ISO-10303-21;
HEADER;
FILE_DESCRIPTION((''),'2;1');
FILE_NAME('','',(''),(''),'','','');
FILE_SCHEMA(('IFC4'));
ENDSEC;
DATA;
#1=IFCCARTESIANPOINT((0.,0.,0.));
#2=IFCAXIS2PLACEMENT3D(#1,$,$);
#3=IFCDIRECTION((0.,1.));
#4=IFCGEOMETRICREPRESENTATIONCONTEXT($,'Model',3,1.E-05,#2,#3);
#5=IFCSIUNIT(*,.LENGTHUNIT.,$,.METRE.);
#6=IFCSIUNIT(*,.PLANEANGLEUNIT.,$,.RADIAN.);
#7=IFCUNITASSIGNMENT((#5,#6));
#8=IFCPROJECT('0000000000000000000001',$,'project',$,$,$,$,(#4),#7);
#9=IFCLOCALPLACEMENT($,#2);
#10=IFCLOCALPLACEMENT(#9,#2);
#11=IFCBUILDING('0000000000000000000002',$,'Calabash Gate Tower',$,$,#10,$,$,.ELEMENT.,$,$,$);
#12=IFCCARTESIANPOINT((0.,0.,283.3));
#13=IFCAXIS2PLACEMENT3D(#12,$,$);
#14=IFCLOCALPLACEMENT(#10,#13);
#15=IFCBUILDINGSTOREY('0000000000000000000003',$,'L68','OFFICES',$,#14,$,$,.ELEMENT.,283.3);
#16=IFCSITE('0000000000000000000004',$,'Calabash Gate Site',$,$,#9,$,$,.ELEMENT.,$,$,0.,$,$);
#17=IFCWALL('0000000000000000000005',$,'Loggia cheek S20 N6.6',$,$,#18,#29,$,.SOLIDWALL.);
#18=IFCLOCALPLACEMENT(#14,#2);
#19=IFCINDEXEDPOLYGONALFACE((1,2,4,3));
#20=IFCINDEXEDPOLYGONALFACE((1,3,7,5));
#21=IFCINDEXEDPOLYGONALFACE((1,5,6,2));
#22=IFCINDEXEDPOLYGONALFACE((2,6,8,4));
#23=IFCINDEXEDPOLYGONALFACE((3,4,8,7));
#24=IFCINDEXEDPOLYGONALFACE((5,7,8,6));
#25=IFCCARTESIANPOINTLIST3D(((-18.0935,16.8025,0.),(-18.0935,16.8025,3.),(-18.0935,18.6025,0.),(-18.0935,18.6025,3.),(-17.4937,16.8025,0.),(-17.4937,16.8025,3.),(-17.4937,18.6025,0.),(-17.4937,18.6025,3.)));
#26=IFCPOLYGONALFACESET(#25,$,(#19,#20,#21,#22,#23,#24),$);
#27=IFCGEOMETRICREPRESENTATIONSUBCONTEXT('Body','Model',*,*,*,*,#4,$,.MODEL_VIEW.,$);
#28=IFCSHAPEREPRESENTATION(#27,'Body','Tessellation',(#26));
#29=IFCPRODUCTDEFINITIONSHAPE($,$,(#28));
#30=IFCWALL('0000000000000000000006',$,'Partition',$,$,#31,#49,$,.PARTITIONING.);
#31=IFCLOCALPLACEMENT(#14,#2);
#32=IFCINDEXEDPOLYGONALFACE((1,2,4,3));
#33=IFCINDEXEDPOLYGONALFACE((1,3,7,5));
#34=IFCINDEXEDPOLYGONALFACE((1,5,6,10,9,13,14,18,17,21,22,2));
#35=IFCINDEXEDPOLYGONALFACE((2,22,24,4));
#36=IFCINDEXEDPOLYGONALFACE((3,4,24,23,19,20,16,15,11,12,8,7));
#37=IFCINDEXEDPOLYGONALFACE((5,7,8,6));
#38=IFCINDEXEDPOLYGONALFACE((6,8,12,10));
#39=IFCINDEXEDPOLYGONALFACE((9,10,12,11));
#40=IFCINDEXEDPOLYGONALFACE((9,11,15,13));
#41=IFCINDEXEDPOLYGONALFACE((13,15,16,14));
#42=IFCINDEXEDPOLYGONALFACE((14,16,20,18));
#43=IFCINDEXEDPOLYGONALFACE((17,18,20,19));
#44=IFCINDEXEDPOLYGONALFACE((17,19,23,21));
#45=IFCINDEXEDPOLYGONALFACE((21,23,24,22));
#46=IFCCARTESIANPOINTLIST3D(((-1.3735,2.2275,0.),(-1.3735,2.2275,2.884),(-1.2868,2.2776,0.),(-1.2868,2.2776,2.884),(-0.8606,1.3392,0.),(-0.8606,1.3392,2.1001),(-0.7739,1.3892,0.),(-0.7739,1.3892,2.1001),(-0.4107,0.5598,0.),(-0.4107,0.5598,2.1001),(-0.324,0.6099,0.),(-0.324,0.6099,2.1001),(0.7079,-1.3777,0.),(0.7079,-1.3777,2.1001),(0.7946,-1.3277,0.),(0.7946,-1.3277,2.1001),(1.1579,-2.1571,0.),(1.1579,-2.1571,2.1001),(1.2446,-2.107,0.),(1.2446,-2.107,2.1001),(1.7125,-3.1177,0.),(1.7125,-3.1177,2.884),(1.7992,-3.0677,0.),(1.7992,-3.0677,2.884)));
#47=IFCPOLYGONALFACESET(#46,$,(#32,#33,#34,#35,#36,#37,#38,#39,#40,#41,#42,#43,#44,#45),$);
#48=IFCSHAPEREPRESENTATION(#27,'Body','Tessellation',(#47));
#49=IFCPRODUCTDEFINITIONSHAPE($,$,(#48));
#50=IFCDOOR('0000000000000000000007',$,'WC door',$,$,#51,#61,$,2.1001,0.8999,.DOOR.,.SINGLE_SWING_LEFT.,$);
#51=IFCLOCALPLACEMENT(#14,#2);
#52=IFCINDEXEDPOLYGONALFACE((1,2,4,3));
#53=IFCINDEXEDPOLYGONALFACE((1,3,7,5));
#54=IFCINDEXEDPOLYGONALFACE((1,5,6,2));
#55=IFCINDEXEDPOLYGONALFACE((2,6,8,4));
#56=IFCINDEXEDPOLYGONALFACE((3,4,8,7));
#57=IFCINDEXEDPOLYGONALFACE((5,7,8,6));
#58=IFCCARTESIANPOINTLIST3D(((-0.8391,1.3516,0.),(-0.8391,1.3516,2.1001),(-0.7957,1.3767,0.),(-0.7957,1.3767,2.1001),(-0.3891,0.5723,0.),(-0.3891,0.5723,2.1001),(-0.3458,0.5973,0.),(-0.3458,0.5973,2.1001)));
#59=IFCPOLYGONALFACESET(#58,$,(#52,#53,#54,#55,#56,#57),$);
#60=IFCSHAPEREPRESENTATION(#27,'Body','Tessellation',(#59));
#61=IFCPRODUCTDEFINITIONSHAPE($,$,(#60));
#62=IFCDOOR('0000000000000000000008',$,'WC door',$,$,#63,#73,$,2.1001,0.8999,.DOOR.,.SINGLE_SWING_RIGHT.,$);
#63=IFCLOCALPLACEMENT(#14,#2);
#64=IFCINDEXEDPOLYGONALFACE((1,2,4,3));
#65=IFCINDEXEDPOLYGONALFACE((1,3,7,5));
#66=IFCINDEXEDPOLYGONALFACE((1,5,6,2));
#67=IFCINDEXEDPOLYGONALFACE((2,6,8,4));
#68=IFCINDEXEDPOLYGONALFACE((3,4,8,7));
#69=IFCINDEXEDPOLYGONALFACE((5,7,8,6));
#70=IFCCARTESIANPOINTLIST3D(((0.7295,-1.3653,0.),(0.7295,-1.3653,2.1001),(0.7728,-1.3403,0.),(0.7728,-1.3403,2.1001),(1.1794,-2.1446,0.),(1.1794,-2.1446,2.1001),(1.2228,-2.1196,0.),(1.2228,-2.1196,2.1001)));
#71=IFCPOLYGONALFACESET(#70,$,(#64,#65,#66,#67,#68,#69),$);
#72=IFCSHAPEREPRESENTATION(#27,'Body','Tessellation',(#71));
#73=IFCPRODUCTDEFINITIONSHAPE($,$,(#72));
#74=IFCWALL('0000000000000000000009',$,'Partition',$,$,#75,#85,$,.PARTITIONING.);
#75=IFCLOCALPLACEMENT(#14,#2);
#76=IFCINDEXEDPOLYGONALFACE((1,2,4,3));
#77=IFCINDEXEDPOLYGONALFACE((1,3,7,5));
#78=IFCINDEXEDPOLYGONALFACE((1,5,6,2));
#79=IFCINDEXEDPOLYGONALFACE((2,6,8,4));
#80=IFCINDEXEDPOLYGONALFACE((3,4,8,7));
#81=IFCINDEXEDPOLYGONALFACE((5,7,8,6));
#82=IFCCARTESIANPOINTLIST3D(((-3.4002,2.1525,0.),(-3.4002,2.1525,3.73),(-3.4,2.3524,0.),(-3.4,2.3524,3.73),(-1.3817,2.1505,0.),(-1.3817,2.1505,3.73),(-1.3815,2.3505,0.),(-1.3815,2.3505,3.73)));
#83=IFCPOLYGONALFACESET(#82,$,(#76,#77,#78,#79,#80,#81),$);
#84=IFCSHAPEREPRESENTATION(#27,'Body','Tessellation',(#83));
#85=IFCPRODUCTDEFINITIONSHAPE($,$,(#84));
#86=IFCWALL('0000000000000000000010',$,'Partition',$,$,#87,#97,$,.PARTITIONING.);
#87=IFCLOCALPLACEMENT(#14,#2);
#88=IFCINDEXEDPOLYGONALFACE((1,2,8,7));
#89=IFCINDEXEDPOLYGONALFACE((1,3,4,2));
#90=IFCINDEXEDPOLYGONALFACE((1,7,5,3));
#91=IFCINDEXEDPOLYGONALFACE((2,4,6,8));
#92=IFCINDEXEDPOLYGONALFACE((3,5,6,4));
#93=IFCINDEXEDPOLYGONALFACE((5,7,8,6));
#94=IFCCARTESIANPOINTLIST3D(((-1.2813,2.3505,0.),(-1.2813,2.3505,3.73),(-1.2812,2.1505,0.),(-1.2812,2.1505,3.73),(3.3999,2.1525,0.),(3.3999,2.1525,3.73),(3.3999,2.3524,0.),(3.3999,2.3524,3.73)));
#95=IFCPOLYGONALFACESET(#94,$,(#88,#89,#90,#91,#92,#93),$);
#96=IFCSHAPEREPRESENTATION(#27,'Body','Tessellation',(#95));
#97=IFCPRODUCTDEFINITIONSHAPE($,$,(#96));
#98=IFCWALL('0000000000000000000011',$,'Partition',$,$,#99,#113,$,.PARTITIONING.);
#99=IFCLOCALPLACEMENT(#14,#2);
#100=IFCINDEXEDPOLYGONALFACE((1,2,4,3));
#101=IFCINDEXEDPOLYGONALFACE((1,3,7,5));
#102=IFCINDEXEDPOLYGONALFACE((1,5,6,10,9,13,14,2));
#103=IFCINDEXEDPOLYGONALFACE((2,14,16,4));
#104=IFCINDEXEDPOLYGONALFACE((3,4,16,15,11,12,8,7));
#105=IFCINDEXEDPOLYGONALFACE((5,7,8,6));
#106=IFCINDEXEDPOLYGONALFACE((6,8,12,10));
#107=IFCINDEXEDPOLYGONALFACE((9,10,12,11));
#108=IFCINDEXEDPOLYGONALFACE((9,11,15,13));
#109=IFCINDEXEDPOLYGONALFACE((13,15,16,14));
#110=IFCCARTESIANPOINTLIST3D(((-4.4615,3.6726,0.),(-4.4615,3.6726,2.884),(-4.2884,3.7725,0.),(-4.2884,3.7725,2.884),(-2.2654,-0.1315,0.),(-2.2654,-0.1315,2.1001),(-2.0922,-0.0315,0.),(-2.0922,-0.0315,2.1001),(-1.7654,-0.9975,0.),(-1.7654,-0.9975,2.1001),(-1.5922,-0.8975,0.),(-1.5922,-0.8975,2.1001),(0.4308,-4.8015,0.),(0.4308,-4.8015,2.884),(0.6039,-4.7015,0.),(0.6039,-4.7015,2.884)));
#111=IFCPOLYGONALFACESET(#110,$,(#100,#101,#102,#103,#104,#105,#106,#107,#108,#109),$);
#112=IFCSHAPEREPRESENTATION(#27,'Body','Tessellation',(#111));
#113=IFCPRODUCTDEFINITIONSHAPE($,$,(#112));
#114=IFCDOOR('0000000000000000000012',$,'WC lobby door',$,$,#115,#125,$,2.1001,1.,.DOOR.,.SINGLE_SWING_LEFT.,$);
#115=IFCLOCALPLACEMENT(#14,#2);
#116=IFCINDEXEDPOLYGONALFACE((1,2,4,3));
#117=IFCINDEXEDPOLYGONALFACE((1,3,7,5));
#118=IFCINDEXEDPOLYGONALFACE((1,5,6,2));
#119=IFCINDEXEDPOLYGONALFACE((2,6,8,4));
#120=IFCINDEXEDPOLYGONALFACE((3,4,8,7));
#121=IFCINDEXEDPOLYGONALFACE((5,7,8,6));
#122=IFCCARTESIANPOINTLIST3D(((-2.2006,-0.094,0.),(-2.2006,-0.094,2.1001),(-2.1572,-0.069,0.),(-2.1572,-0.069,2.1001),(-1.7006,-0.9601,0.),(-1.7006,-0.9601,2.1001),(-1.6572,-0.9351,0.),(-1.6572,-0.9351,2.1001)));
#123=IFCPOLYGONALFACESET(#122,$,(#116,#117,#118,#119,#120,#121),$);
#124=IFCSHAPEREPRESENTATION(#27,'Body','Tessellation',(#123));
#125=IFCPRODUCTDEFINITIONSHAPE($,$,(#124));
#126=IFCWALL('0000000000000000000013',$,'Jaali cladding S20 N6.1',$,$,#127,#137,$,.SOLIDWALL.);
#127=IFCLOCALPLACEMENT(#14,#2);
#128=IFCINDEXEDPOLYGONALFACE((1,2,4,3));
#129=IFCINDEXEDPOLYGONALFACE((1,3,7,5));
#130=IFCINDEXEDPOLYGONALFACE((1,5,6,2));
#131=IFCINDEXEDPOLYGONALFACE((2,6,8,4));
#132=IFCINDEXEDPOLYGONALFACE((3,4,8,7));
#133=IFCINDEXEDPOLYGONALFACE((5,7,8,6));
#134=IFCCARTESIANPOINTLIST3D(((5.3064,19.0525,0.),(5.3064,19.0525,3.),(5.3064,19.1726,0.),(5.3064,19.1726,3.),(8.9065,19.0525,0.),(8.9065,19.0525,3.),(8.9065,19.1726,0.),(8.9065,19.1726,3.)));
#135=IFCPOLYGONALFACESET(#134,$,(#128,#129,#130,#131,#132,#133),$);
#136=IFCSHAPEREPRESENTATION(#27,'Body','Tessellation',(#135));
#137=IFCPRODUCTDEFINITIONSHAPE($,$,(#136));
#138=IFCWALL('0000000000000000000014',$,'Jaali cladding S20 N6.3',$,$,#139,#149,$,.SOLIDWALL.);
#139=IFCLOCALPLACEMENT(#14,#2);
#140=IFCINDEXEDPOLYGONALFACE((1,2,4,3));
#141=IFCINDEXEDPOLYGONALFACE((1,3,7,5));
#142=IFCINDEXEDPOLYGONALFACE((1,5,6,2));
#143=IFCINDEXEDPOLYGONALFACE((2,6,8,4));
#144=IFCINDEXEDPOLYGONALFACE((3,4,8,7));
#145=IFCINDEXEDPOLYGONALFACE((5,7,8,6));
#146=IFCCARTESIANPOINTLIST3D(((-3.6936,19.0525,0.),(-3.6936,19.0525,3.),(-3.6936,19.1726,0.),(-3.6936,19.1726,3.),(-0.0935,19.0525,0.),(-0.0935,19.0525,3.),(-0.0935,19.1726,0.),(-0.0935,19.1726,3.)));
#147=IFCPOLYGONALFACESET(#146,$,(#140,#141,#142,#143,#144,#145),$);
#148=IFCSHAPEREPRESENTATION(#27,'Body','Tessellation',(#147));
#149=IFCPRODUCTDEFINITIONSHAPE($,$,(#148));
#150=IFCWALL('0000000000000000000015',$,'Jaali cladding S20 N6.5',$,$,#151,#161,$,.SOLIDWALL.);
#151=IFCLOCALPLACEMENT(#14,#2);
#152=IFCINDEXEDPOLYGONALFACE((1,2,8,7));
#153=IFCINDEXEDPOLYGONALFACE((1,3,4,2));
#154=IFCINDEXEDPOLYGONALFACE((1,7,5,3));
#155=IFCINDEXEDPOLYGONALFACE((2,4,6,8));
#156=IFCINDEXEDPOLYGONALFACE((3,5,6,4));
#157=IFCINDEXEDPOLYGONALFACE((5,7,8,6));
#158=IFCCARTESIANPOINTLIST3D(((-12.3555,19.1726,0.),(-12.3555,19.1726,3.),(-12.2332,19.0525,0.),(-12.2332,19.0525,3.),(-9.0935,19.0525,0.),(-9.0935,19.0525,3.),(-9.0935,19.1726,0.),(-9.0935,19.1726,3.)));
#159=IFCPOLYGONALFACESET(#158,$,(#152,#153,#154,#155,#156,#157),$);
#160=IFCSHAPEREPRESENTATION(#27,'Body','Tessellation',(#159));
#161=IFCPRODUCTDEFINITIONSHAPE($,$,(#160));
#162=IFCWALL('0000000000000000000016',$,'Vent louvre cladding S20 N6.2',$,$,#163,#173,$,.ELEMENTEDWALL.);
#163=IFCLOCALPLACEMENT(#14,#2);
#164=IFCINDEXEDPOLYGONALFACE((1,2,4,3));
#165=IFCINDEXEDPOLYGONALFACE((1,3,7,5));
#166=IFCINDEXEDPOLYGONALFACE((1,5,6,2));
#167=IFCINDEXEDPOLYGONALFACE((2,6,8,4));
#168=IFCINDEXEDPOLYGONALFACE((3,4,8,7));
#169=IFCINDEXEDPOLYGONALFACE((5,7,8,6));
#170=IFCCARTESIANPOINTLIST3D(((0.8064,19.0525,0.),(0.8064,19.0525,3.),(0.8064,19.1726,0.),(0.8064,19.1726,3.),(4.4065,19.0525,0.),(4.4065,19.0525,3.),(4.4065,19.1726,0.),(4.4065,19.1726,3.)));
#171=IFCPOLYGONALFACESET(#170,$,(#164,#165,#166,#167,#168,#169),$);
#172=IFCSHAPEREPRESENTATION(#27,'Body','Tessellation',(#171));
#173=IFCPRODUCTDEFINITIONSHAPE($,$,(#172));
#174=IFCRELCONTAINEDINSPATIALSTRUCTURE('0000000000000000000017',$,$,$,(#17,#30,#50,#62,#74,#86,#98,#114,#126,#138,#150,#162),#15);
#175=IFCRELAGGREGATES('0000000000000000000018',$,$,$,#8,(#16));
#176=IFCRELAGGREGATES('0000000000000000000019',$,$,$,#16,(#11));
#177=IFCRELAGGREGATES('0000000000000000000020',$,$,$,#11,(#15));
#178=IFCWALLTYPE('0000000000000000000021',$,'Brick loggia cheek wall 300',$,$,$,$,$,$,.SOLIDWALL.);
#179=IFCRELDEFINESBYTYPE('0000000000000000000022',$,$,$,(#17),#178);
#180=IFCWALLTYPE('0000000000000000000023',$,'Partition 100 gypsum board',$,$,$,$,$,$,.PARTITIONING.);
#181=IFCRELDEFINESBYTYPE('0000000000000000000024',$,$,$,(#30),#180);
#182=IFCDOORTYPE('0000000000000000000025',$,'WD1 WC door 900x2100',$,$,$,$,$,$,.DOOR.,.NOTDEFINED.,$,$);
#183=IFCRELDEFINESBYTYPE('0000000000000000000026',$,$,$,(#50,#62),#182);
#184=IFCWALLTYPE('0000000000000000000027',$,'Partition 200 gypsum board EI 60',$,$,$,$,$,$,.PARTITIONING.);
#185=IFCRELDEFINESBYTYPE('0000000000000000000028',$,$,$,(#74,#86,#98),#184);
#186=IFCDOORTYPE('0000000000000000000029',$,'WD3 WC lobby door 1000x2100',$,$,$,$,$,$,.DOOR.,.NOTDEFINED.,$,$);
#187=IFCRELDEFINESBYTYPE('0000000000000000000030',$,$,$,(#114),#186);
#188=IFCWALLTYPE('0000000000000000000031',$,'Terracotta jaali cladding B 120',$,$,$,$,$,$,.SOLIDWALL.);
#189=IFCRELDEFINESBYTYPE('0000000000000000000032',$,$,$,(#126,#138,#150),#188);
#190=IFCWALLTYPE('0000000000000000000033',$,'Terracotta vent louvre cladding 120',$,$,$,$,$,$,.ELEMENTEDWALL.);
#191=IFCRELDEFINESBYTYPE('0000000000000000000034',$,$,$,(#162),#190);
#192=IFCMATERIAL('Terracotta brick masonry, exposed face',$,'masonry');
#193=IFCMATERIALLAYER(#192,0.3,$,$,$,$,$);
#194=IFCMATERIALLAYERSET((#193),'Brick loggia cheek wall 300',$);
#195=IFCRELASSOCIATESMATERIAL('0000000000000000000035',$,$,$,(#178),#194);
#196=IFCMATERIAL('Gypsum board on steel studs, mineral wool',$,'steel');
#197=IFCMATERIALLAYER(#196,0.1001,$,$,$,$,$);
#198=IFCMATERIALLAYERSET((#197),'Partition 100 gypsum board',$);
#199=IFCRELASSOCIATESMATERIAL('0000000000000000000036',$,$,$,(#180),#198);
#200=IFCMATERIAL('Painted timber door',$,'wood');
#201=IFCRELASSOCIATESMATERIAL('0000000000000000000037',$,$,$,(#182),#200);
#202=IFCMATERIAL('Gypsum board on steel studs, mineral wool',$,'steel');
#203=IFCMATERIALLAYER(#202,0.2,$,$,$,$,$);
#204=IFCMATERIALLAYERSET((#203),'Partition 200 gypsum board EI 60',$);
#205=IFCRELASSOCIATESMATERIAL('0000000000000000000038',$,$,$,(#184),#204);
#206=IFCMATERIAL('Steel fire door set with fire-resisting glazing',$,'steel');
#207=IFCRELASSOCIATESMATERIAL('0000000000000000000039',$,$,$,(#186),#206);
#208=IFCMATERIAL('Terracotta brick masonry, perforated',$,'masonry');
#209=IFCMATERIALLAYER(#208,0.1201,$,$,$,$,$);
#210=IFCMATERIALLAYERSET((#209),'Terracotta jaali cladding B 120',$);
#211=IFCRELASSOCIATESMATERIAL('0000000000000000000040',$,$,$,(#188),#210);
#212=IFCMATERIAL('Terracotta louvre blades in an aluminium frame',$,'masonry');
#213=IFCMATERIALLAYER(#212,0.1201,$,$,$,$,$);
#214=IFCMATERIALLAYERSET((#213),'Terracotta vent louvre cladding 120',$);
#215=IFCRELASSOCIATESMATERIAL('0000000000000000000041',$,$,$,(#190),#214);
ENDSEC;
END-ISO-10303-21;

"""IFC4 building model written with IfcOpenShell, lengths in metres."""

from ifc_helpers import new_model, si_unit, direction, frame, frame_2d, origin, place, context, subcontext, project, spatial, polyline, rectangle, outline, extrude, material, layer, layer_set, type_object, element, fill, save


model = new_model("IFC4")

# Units and contexts
model_context = context("Model", 3, precision=1e-05, world=origin(), true_north=direction((0.0, 1.0)))
body_context = subcontext(model_context, "Body", "Model", "MODEL_VIEW")
ifc_project = project(units=[si_unit("LENGTHUNIT", "METRE"), si_unit("PLANEANGLEUNIT", "RADIAN")], contexts=[model_context])

# Site, building, storey
site_placement = place(None, origin())
site = spatial("IfcSite", under=ifc_project, at=site_placement, Name="Calabash Gate Site", CompositionType="ELEMENT", RefElevation=0.0)
building_placement = place(site_placement, origin())
building = spatial("IfcBuilding", under=site, at=building_placement, Name="Calabash Gate Tower", CompositionType="ELEMENT")
storey_placement = place(building_placement, frame((0.0, 0.0, 283.3)))
storey = spatial("IfcBuildingStorey", under=building, at=storey_placement, Name="L68", Description="OFFICES", CompositionType="ELEMENT", Elevation=283.3)

# Wall
ifc_material_1 = material(Name="Terracotta brick masonry, exposed face", Category="masonry")
ifc_layer_1 = layer(ifc_material_1, 0.3)
ifc_layer_set_1 = layer_set([ifc_layer_1], Name="Brick loggia cheek wall 300")
wall_type_1 = type_object("IfcWallType", Name="Brick loggia cheek wall 300", PredefinedType="SOLIDWALL", material=ifc_layer_set_1)
wall_1_placement = place(storey_placement, origin())
element("IfcWall", 1, at=wall_1_placement, inside=storey, type_object=wall_type_1, Name="Loggia cheek S20 N6.6", PredefinedType="SOLIDWALL", context=body_context, shape_type="SweptSolid", body=[
    extrude(outline(polyline([(-18.0935, 18.6025), (-18.0935, 16.8025), (-17.4937, 16.8025), (-17.4937, 18.6025), (-18.0935, 18.6025)])), origin(), (0.0, 0.0, 1.0), 3.0),
])

# Wall, openings, doors
ifc_material_2 = material(Name="Gypsum board on steel studs, mineral wool", Category="steel")
ifc_layer_2 = layer(ifc_material_2, 0.1001)
ifc_layer_set_2 = layer_set([ifc_layer_2], Name="Partition 100 gypsum board")
wall_type_2 = type_object("IfcWallType", Name="Partition 100 gypsum board", PredefinedType="PARTITIONING", material=ifc_layer_set_2)
wall_2_placement = place(storey_placement, frame((-1.3301, 2.2524, 0.0), z_axis=(0.0, 0.0, 1.0), x_axis=(0.499985, -0.866034, 0.0)))
wall_2 = element("IfcWall", 2, at=wall_2_placement, inside=storey, type_object=wall_type_2, Name="Partition", PredefinedType="PARTITIONING", context=body_context, shape_type="SweptSolid", body=[
    extrude(rectangle(XDim=6.1721, YDim=0.1001, at=frame_2d((3.0859, 0.0))), origin(), (0.0, 0.0, 1.0), 2.884),
])
opening_1_placement = place(wall_2_placement, frame((1.0256, 0.0, 0.0)))
opening_1 = element("IfcOpeningElement", 3, at=opening_1_placement, cuts=wall_2, PredefinedType="OPENING", context=body_context, shape_type="SweptSolid", body=[
    extrude(rectangle(XDim=0.8999, YDim=2.1001, at=frame_2d((0.45, 1.05))), frame((0.0, 0.0601, 0.0), z_axis=(0.0, -1.0, 0.0), x_axis=(1.0, 0.0, 0.0)), (0.0, 0.0, 1.0), 0.1201),
])
opening_2_placement = place(wall_2_placement, frame((4.1628, 0.0, 0.0)))
opening_2 = element("IfcOpeningElement", 4, at=opening_2_placement, cuts=wall_2, PredefinedType="OPENING", context=body_context, shape_type="SweptSolid", body=[
    extrude(rectangle(XDim=0.8999, YDim=2.1001, at=frame_2d((0.45, 1.05))), frame((0.0, 0.0601, 0.0), z_axis=(0.0, -1.0, 0.0), x_axis=(1.0, 0.0, 0.0)), (0.0, 0.0, 1.0), 0.1201),
])
ifc_material_3 = material(Name="Painted timber door", Category="wood")
door_type_1 = type_object("IfcDoorType", Name="WD1 WC door 900x2100", OperationType="NOTDEFINED", PredefinedType="DOOR", material=ifc_material_3)
door_1_placement = place(opening_1_placement, origin())
door_1 = element("IfcDoor", 5, at=door_1_placement, inside=storey, type_object=door_type_1, Name="WC door", OperationType="SINGLE_SWING_LEFT", OverallHeight=2.1001, OverallWidth=0.8999, PredefinedType="DOOR", context=body_context, shape_type="SweptSolid", body=[
    extrude(rectangle(XDim=0.8999, YDim=2.1001, at=frame_2d((0.45, 1.05))), frame((0.0, 0.0249, 0.0), z_axis=(0.0, -1.0, 0.0), x_axis=(1.0, 0.0, 0.0)), (0.0, 0.0, 1.0), 0.05),
])
fill(opening_1, door_1)
door_2_placement = place(opening_2_placement, origin())
door_2 = element("IfcDoor", 6, at=door_2_placement, inside=storey, type_object=door_type_1, Name="WC door", OperationType="SINGLE_SWING_RIGHT", OverallHeight=2.1001, OverallWidth=0.8999, PredefinedType="DOOR", context=body_context, shape_type="SweptSolid", body=[
    extrude(rectangle(XDim=0.8999, YDim=2.1001, at=frame_2d((0.45, 1.05))), frame((0.0, 0.0249, 0.0), z_axis=(0.0, -1.0, 0.0), x_axis=(1.0, 0.0, 0.0)), (0.0, 0.0, 1.0), 0.05),
])
fill(opening_2, door_2)
ifc_material_4 = material(Name="Gypsum board on steel studs, mineral wool", Category="steel")
ifc_layer_3 = layer(ifc_material_4, 0.2)
ifc_layer_set_3 = layer_set([ifc_layer_3], Name="Partition 200 gypsum board EI 60")
wall_type_3 = type_object("IfcWallType", Name="Partition 200 gypsum board EI 60", PredefinedType="PARTITIONING", material=ifc_layer_set_3)

# Walls
wall_3_placement = place(storey_placement, frame((-3.4001, 2.2524, 0.0), z_axis=(0.0, 0.0, 1.0), x_axis=(1.0, -0.000968, 0.0)))
element("IfcWall", 7, at=wall_3_placement, inside=storey, type_object=wall_type_3, Name="Partition", PredefinedType="PARTITIONING", context=body_context, shape_type="SweptSolid", body=[
    extrude(rectangle(XDim=2.0186, YDim=0.2, at=frame_2d((1.0093, 0.0))), origin(), (0.0, 0.0, 1.0), 3.73),
])
wall_4_placement = place(storey_placement, frame((-1.2812, 2.2505, 0.0), z_axis=(0.0, 0.0, 1.0), x_axis=(1.0, 0.000417, 0.0)))
element("IfcWall", 8, at=wall_4_placement, inside=storey, type_object=wall_type_3, Name="Partition", PredefinedType="PARTITIONING", context=body_context, shape_type="SweptSolid", body=[
    extrude(rectangle(XDim=4.6812, YDim=0.2, at=frame_2d((2.3406, 0.0))), origin(), (0.0, 0.0, 1.0), 3.73),
])

# Wall, opening, door
wall_5_placement = place(storey_placement, frame((-4.375, 3.7227, 0.0), z_axis=(0.0, 0.0, 1.0), x_axis=(0.499985, -0.866034, 0.0)))
wall_5 = element("IfcWall", 9, at=wall_5_placement, inside=storey, type_object=wall_type_3, Name="Partition", PredefinedType="PARTITIONING", context=body_context, shape_type="SweptSolid", body=[
    extrude(rectangle(XDim=9.7849, YDim=0.2, at=frame_2d((4.8926, 0.0))), origin(), (0.0, 0.0, 1.0), 2.884),
])
opening_3_placement = place(wall_5_placement, frame((4.3926, 0.0, 0.0)))
opening_3 = element("IfcOpeningElement", 10, at=opening_3_placement, cuts=wall_5, PredefinedType="OPENING", context=body_context, shape_type="SweptSolid", body=[
    extrude(rectangle(XDim=1.0, YDim=2.1001, at=frame_2d((0.5, 1.05))), frame((0.0, 0.1099, 0.0), z_axis=(0.0, -1.0, 0.0), x_axis=(1.0, 0.0, 0.0)), (0.0, 0.0, 1.0), 0.22),
])
ifc_material_5 = material(Name="Steel fire door set with fire-resisting glazing", Category="steel")
door_type_2 = type_object("IfcDoorType", Name="WD3 WC lobby door 1000x2100", OperationType="NOTDEFINED", PredefinedType="DOOR", material=ifc_material_5)
door_3_placement = place(opening_3_placement, origin())
door_3 = element("IfcDoor", 11, at=door_3_placement, inside=storey, type_object=door_type_2, Name="WC lobby door", OperationType="SINGLE_SWING_LEFT", OverallHeight=2.1001, OverallWidth=1.0, PredefinedType="DOOR", context=body_context, shape_type="SweptSolid", body=[
    extrude(rectangle(XDim=1.0, YDim=2.1001, at=frame_2d((0.5, 1.05))), frame((0.0, 0.0249, 0.0), z_axis=(0.0, -1.0, 0.0), x_axis=(1.0, 0.0, 0.0)), (0.0, 0.0, 1.0), 0.05),
])
fill(opening_3, door_3)

# Walls
ifc_material_6 = material(Name="Terracotta brick masonry, perforated", Category="masonry")
ifc_layer_4 = layer(ifc_material_6, 0.1201)
ifc_layer_set_4 = layer_set([ifc_layer_4], Name="Terracotta jaali cladding B 120")
wall_type_4 = type_object("IfcWallType", Name="Terracotta jaali cladding B 120", PredefinedType="SOLIDWALL", material=ifc_layer_set_4)
wall_6_placement = place(storey_placement, origin())
element("IfcWall", 12, at=wall_6_placement, inside=storey, type_object=wall_type_4, Name="Jaali cladding S20 N6.1", PredefinedType="SOLIDWALL", context=body_context, shape_type="SweptSolid", body=[
    extrude(outline(polyline([(5.3064, 19.1726), (5.3064, 19.0525), (8.9065, 19.0525), (8.9065, 19.1726), (5.3064, 19.1726)])), origin(), (0.0, 0.0, 1.0), 3.0),
])
wall_7_placement = place(storey_placement, origin())
element("IfcWall", 13, at=wall_7_placement, inside=storey, type_object=wall_type_4, Name="Jaali cladding S20 N6.3", PredefinedType="SOLIDWALL", context=body_context, shape_type="SweptSolid", body=[
    extrude(outline(polyline([(-3.6936, 19.1726), (-3.6936, 19.0525), (-0.0935, 19.0525), (-0.0935, 19.1726), (-3.6936, 19.1726)])), origin(), (0.0, 0.0, 1.0), 3.0),
])
wall_8_placement = place(storey_placement, origin())
element("IfcWall", 14, at=wall_8_placement, inside=storey, type_object=wall_type_4, Name="Jaali cladding S20 N6.5", PredefinedType="SOLIDWALL", context=body_context, shape_type="SweptSolid", body=[
    extrude(outline(polyline([(-12.2332, 19.0525), (-9.0935, 19.0525), (-9.0935, 19.1726), (-12.3555, 19.1726), (-12.2332, 19.0525)])), origin(), (0.0, 0.0, 1.0), 3.0),
])
ifc_material_7 = material(Name="Terracotta louvre blades in an aluminium frame", Category="masonry")
ifc_layer_5 = layer(ifc_material_7, 0.1201)
ifc_layer_set_5 = layer_set([ifc_layer_5], Name="Terracotta vent louvre cladding 120")
wall_type_5 = type_object("IfcWallType", Name="Terracotta vent louvre cladding 120", PredefinedType="ELEMENTEDWALL", material=ifc_layer_set_5)
wall_9_placement = place(storey_placement, origin())
element("IfcWall", 15, at=wall_9_placement, inside=storey, type_object=wall_type_5, Name="Vent louvre cladding S20 N6.2", PredefinedType="ELEMENTEDWALL", context=body_context, shape_type="SweptSolid", body=[
    extrude(outline(polyline([(0.8064, 19.1726), (0.8064, 19.0525), (4.4065, 19.0525), (4.4065, 19.1726), (0.8064, 19.1726)])), origin(), (0.0, 0.0, 1.0), 3.0),
])

save(model, "model.ifc")
